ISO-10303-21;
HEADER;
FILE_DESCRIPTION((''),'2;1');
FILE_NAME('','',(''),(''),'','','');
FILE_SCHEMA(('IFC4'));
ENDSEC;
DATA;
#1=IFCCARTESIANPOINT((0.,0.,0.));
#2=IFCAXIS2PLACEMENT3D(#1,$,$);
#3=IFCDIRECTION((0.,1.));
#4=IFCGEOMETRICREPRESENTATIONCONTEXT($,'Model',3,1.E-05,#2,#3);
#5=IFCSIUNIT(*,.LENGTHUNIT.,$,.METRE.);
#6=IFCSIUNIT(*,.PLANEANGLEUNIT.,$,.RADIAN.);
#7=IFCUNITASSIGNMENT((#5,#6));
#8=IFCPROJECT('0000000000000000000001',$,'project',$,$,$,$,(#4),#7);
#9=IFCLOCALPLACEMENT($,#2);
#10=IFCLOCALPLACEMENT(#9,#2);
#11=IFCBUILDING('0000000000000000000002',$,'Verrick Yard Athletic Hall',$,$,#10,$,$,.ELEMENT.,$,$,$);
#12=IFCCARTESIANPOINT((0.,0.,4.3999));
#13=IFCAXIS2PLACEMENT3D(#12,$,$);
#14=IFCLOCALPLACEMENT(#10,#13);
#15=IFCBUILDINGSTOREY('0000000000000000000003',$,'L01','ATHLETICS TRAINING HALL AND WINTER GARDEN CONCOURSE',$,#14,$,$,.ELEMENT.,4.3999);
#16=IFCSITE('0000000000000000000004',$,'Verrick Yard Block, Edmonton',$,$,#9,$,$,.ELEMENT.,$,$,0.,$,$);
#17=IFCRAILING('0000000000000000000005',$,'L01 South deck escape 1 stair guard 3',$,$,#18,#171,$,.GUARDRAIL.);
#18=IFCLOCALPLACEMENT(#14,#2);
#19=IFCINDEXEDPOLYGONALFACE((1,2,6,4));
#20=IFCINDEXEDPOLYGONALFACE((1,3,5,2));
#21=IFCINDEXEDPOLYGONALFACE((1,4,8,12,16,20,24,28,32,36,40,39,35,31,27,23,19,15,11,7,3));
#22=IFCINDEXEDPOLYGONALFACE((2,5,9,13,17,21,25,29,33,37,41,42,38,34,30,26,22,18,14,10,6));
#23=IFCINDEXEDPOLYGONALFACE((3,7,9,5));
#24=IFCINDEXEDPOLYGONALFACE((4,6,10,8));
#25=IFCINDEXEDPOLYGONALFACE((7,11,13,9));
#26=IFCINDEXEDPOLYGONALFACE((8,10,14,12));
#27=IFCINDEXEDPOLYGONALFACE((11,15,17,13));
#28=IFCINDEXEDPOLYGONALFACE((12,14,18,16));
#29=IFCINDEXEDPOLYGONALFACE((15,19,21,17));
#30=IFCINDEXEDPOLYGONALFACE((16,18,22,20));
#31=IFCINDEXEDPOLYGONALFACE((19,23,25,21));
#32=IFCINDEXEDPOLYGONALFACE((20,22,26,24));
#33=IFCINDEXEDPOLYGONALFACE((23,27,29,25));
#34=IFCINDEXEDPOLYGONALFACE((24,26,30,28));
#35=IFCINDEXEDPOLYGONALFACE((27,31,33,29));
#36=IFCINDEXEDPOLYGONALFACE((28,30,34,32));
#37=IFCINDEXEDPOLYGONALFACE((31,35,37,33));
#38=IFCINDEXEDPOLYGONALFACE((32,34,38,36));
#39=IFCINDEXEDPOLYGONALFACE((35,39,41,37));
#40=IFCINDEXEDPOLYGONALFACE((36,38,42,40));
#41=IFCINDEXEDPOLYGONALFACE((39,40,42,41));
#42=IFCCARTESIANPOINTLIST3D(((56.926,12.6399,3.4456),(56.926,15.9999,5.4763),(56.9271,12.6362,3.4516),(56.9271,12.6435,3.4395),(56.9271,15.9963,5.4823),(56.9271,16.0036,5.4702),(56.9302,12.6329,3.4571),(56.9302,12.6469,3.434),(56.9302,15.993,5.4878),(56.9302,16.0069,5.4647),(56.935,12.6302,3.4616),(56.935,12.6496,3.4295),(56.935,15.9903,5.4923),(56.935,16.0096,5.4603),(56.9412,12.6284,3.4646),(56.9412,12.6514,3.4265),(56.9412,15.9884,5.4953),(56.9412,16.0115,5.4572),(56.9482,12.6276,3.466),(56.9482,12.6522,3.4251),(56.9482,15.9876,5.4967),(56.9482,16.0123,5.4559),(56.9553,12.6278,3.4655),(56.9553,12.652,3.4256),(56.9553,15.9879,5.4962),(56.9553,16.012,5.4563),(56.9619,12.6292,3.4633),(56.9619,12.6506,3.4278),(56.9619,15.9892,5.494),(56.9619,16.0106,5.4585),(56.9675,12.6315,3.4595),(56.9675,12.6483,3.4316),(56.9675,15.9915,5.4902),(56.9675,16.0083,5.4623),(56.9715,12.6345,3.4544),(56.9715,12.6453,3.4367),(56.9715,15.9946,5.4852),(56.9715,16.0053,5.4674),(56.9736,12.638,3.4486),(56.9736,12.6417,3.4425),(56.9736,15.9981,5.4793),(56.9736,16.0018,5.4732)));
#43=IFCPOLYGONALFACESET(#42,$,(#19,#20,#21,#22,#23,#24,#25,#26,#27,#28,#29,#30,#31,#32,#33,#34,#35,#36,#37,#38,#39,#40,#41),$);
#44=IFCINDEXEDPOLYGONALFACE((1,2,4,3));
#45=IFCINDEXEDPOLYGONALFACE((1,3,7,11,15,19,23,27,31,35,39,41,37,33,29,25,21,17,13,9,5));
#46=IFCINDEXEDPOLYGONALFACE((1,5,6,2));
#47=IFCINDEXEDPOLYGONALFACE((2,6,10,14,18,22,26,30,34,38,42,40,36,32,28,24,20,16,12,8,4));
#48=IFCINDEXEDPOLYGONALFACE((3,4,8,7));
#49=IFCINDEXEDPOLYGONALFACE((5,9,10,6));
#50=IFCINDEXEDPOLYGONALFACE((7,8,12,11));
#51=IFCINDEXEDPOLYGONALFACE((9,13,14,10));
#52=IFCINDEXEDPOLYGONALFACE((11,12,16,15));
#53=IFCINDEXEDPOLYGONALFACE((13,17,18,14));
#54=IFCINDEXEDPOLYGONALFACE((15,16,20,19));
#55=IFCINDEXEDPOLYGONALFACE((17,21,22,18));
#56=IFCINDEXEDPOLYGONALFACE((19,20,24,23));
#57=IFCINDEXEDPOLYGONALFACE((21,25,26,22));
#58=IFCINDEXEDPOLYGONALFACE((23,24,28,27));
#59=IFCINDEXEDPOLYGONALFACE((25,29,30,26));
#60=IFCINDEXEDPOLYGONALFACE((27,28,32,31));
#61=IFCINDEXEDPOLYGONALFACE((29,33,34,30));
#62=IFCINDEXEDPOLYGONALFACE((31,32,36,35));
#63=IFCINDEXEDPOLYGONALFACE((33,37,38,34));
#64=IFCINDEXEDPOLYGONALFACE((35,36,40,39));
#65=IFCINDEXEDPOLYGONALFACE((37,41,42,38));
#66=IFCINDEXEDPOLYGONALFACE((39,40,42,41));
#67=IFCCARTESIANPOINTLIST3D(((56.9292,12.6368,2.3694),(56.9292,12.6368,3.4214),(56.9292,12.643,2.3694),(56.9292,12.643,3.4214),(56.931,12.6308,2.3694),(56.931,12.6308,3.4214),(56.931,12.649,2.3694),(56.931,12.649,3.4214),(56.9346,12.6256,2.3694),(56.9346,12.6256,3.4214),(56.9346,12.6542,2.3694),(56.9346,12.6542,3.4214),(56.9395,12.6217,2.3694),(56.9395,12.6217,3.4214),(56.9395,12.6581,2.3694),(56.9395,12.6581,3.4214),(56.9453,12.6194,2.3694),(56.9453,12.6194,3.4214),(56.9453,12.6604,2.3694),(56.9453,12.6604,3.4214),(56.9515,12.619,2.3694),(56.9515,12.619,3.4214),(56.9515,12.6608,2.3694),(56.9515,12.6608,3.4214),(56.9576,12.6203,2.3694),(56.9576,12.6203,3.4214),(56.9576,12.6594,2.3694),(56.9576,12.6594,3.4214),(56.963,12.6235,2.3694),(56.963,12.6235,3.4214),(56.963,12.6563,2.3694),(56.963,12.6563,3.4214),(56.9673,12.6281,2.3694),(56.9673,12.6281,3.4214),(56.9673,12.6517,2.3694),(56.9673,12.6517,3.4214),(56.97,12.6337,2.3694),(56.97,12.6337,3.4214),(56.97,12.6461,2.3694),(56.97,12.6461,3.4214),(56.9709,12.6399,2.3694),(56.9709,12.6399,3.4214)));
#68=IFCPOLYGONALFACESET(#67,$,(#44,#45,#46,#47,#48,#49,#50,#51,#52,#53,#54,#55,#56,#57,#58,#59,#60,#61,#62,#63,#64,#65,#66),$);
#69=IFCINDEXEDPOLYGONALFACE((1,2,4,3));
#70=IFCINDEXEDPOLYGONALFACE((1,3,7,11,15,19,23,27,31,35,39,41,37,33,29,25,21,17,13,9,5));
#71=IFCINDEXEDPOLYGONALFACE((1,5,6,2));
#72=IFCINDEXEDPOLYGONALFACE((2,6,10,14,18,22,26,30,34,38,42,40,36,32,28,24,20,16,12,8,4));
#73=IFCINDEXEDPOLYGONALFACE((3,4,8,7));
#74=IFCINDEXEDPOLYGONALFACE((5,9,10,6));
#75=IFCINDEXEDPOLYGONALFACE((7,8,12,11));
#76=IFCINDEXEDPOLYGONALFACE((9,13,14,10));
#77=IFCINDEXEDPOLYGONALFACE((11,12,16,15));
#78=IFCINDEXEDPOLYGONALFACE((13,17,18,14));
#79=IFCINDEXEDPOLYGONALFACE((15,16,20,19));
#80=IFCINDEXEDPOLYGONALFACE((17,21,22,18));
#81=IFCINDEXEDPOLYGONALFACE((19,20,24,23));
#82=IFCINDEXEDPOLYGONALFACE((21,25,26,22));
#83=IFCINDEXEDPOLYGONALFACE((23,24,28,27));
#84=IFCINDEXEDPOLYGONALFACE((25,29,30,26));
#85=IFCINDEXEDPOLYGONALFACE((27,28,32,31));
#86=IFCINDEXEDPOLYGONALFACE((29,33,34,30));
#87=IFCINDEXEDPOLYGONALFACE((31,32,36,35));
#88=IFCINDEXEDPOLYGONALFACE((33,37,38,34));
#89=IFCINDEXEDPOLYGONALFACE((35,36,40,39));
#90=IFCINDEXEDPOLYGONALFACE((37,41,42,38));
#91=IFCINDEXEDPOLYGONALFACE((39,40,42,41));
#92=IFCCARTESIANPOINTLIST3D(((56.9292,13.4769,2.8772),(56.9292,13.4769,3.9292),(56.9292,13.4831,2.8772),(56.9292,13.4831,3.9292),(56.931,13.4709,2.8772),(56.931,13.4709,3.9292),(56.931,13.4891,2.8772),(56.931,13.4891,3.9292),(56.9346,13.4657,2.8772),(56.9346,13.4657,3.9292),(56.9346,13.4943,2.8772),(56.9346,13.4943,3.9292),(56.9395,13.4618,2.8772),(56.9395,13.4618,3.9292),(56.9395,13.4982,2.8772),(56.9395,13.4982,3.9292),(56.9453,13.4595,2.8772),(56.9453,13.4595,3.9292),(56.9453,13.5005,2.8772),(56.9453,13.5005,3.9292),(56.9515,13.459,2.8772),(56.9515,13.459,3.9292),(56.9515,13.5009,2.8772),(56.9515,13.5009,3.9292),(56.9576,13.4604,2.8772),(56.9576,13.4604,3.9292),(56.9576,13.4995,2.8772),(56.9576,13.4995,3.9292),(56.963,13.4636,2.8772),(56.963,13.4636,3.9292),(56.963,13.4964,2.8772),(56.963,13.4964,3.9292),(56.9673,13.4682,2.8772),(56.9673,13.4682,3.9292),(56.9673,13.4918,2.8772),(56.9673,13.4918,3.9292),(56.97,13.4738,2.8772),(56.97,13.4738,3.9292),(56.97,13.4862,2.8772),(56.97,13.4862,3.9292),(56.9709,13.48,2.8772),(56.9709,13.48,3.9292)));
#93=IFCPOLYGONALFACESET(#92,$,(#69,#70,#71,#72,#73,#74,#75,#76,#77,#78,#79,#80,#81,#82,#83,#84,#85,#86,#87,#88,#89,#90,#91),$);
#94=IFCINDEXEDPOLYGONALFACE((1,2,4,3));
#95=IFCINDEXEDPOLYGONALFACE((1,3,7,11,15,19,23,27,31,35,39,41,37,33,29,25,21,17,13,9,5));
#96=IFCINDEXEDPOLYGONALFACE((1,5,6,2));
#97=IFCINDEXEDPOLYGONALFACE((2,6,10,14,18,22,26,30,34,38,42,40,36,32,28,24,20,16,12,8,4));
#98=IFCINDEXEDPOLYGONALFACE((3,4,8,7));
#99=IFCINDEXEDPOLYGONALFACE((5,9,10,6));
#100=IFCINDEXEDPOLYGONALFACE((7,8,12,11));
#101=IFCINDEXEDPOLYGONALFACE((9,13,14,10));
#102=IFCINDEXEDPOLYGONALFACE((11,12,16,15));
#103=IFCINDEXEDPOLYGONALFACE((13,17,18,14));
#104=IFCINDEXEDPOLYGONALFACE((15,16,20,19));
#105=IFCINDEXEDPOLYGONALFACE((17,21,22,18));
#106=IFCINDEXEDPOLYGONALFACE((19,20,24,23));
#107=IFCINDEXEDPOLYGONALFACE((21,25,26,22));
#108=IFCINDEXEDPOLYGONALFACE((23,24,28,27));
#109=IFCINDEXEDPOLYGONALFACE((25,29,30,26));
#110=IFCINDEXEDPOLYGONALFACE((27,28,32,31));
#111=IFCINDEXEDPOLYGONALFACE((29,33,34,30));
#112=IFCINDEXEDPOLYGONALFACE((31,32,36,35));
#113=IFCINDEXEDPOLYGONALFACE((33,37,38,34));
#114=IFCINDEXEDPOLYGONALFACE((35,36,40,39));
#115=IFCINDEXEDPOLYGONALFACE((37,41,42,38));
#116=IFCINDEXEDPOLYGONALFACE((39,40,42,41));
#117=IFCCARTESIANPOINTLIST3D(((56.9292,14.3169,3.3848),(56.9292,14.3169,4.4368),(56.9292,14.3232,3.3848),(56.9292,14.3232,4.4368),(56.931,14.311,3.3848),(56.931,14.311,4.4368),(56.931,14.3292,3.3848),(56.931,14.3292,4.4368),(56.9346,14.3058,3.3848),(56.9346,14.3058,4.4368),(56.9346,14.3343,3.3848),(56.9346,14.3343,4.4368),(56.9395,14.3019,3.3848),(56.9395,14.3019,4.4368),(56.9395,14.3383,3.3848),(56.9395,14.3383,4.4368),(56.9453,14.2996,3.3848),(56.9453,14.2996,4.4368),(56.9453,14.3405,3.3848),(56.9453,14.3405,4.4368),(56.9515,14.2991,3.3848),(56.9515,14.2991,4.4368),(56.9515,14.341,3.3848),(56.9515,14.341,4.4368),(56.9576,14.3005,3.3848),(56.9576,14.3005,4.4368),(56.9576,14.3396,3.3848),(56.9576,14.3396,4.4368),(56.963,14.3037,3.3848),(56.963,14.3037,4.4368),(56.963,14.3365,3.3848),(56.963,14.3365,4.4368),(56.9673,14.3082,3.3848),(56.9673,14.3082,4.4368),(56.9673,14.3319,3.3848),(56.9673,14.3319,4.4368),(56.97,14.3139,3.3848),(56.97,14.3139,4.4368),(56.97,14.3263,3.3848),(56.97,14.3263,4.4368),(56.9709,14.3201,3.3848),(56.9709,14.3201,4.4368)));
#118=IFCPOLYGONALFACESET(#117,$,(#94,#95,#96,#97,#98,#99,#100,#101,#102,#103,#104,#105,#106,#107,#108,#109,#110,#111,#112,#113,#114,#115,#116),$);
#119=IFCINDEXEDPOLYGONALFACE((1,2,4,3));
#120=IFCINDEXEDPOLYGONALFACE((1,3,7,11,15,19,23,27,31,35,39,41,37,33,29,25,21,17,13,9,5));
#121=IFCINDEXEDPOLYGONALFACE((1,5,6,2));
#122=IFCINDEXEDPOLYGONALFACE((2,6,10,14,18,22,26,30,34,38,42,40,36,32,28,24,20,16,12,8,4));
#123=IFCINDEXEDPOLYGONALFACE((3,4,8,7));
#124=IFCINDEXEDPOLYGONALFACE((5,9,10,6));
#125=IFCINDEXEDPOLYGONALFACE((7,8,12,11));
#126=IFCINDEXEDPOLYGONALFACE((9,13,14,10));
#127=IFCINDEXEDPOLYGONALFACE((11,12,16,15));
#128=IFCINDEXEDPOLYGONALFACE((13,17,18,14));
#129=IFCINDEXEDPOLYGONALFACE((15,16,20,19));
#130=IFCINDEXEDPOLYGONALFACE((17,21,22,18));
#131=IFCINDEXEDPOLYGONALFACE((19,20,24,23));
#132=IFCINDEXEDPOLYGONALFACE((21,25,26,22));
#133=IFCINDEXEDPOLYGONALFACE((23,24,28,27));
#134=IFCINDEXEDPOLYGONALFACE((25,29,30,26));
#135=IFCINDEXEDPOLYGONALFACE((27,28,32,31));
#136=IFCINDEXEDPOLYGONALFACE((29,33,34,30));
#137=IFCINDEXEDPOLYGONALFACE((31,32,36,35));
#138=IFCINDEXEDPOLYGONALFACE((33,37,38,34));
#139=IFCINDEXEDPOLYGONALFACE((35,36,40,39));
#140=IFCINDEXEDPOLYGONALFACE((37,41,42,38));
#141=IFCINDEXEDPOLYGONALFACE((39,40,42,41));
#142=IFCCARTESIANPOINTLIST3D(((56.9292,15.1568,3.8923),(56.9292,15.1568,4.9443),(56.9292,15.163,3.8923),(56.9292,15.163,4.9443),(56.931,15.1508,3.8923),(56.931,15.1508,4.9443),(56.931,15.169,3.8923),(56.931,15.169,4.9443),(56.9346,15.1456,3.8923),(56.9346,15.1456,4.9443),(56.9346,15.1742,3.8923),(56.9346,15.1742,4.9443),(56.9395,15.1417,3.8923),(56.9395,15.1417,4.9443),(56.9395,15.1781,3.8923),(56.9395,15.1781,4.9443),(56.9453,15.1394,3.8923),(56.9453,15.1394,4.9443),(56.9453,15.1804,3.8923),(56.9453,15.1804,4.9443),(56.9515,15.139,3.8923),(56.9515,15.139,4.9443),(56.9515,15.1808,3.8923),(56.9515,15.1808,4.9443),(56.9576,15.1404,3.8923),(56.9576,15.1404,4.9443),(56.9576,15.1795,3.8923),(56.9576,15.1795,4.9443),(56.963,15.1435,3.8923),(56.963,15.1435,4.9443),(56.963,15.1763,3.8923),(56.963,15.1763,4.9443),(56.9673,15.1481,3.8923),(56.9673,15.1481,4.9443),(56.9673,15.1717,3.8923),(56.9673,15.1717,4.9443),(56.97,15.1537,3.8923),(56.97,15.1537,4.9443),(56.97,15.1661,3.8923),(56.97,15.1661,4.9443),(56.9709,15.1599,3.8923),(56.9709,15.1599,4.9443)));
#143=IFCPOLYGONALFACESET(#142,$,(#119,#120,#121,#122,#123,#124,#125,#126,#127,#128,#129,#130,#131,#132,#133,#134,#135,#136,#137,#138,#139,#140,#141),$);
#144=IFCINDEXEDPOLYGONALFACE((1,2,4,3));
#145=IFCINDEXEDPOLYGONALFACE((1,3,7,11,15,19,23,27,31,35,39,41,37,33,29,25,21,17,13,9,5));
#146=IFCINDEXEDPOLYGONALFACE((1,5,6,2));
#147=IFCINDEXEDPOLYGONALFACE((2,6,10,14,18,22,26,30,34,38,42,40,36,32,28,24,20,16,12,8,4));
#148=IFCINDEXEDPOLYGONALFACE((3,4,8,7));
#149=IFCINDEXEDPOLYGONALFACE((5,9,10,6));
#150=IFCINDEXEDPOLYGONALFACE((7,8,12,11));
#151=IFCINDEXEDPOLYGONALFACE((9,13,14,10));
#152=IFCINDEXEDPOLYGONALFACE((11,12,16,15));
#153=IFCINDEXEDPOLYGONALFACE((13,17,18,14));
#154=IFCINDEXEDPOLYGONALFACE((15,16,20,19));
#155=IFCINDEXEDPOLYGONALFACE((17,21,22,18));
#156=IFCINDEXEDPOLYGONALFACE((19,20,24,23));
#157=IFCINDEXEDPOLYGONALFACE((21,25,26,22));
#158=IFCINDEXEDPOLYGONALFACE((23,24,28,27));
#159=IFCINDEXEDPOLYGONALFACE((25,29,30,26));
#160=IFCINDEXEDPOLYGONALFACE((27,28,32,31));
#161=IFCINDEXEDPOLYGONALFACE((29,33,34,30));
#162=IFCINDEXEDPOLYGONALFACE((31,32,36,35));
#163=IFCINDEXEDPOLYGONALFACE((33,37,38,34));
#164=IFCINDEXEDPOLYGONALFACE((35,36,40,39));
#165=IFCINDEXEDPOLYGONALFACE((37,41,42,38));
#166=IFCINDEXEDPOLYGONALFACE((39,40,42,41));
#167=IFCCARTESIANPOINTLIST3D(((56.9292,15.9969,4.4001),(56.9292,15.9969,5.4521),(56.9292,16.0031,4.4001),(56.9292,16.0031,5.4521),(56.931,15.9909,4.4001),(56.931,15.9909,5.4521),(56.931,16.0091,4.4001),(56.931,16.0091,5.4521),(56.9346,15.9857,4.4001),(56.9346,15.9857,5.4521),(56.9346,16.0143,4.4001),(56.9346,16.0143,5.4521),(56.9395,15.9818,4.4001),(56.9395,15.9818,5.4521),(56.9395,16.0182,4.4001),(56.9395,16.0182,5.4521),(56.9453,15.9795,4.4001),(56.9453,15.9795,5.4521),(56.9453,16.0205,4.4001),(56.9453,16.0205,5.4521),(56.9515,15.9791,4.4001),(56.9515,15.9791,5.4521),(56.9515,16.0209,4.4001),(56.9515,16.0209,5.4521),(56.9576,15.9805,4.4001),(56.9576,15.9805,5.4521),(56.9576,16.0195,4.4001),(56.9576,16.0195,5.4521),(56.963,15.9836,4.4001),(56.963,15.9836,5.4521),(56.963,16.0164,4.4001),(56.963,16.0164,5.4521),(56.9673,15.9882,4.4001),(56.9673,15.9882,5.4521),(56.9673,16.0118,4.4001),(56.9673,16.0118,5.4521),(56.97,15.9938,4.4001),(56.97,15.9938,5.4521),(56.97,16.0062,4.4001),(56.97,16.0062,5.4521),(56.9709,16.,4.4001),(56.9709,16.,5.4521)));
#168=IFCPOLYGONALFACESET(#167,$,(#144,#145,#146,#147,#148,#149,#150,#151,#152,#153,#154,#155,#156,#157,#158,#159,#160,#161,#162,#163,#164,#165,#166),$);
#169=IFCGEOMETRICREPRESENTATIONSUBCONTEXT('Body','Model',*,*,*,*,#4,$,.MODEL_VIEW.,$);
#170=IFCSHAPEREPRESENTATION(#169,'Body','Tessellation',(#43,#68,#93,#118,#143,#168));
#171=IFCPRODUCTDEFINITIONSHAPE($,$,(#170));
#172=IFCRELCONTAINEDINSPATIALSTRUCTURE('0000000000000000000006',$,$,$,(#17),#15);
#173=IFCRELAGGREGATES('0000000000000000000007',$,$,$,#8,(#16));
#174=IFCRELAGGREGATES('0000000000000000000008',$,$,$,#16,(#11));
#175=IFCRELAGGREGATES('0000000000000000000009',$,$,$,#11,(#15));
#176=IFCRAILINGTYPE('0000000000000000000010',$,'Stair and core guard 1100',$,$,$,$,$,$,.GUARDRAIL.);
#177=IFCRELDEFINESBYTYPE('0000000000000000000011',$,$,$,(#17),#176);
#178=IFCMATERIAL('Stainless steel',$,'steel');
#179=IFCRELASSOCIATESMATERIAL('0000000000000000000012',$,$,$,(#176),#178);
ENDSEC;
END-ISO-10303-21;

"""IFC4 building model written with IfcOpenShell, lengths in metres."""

from ifc_helpers import new_model, si_unit, direction, frame, origin, origin_2d, place, context, subcontext, project, spatial, circle, extrude, material, type_object, element, save


model = new_model("IFC4")

# Units and contexts
model_context = context("Model", 3, precision=1e-05, world=origin(), true_north=direction((0.0, 1.0)))
body_context = subcontext(model_context, "Body", "Model", "MODEL_VIEW")
ifc_project = project(units=[si_unit("LENGTHUNIT", "METRE"), si_unit("PLANEANGLEUNIT", "RADIAN")], contexts=[model_context])

# Site, building, storey
site_placement = place(None, origin())
site = spatial("IfcSite", under=ifc_project, at=site_placement, Name="Verrick Yard Block, Edmonton", CompositionType="ELEMENT", RefElevation=0.0)
building_placement = place(site_placement, origin())
building = spatial("IfcBuilding", under=site, at=building_placement, Name="Verrick Yard Athletic Hall", CompositionType="ELEMENT")
storey_placement = place(building_placement, frame((0.0, 0.0, 4.3999)))
storey = spatial("IfcBuildingStorey", under=building, at=storey_placement, Name="L01", Description="ATHLETICS TRAINING HALL AND WINTER GARDEN CONCOURSE", CompositionType="ELEMENT", Elevation=4.3999)

# Railing
ifc_material_1 = material(Name="Stainless steel", Category="steel")
railing_type_1 = type_object("IfcRailingType", Name="Stair and core guard 1100", PredefinedType="GUARDRAIL", material=ifc_material_1)
railing_1_placement = place(storey_placement, frame((56.95, 12.6399, 2.3694)))
element("IfcRailing", 1, at=railing_1_placement, inside=storey, type_object=railing_type_1, Name="L01 South deck escape 1 stair guard 3", PredefinedType="GUARDRAIL", context=body_context, shape_type="SweptSolid", body=[
    extrude(circle(Radius=0.0239, at=origin_2d()), frame((0.0, 0.0, 1.0762), z_axis=(0.0, 0.855837, 0.517246), x_axis=(-1.0, 0.0, 0.0)), (0.0, 0.0, 1.0), 3.926),
    extrude(circle(Radius=0.021, at=origin_2d()), origin(), (0.0, 0.0, 1.0), 1.052),
    extrude(circle(Radius=0.021, at=origin_2d()), frame((0.0, 0.8401, 0.5078)), (0.0, 0.0, 1.0), 1.052),
    extrude(circle(Radius=0.021, at=origin_2d()), frame((0.0, 1.6802, 1.0154)), (0.0, 0.0, 1.0), 1.052),
    extrude(circle(Radius=0.021, at=origin_2d()), frame((0.0, 2.52, 1.5229)), (0.0, 0.0, 1.0), 1.052),
    extrude(circle(Radius=0.021, at=origin_2d()), frame((0.0, 3.3601, 2.0308)), (0.0, 0.0, 1.0), 1.052),
])

save(model, "model.ifc")
